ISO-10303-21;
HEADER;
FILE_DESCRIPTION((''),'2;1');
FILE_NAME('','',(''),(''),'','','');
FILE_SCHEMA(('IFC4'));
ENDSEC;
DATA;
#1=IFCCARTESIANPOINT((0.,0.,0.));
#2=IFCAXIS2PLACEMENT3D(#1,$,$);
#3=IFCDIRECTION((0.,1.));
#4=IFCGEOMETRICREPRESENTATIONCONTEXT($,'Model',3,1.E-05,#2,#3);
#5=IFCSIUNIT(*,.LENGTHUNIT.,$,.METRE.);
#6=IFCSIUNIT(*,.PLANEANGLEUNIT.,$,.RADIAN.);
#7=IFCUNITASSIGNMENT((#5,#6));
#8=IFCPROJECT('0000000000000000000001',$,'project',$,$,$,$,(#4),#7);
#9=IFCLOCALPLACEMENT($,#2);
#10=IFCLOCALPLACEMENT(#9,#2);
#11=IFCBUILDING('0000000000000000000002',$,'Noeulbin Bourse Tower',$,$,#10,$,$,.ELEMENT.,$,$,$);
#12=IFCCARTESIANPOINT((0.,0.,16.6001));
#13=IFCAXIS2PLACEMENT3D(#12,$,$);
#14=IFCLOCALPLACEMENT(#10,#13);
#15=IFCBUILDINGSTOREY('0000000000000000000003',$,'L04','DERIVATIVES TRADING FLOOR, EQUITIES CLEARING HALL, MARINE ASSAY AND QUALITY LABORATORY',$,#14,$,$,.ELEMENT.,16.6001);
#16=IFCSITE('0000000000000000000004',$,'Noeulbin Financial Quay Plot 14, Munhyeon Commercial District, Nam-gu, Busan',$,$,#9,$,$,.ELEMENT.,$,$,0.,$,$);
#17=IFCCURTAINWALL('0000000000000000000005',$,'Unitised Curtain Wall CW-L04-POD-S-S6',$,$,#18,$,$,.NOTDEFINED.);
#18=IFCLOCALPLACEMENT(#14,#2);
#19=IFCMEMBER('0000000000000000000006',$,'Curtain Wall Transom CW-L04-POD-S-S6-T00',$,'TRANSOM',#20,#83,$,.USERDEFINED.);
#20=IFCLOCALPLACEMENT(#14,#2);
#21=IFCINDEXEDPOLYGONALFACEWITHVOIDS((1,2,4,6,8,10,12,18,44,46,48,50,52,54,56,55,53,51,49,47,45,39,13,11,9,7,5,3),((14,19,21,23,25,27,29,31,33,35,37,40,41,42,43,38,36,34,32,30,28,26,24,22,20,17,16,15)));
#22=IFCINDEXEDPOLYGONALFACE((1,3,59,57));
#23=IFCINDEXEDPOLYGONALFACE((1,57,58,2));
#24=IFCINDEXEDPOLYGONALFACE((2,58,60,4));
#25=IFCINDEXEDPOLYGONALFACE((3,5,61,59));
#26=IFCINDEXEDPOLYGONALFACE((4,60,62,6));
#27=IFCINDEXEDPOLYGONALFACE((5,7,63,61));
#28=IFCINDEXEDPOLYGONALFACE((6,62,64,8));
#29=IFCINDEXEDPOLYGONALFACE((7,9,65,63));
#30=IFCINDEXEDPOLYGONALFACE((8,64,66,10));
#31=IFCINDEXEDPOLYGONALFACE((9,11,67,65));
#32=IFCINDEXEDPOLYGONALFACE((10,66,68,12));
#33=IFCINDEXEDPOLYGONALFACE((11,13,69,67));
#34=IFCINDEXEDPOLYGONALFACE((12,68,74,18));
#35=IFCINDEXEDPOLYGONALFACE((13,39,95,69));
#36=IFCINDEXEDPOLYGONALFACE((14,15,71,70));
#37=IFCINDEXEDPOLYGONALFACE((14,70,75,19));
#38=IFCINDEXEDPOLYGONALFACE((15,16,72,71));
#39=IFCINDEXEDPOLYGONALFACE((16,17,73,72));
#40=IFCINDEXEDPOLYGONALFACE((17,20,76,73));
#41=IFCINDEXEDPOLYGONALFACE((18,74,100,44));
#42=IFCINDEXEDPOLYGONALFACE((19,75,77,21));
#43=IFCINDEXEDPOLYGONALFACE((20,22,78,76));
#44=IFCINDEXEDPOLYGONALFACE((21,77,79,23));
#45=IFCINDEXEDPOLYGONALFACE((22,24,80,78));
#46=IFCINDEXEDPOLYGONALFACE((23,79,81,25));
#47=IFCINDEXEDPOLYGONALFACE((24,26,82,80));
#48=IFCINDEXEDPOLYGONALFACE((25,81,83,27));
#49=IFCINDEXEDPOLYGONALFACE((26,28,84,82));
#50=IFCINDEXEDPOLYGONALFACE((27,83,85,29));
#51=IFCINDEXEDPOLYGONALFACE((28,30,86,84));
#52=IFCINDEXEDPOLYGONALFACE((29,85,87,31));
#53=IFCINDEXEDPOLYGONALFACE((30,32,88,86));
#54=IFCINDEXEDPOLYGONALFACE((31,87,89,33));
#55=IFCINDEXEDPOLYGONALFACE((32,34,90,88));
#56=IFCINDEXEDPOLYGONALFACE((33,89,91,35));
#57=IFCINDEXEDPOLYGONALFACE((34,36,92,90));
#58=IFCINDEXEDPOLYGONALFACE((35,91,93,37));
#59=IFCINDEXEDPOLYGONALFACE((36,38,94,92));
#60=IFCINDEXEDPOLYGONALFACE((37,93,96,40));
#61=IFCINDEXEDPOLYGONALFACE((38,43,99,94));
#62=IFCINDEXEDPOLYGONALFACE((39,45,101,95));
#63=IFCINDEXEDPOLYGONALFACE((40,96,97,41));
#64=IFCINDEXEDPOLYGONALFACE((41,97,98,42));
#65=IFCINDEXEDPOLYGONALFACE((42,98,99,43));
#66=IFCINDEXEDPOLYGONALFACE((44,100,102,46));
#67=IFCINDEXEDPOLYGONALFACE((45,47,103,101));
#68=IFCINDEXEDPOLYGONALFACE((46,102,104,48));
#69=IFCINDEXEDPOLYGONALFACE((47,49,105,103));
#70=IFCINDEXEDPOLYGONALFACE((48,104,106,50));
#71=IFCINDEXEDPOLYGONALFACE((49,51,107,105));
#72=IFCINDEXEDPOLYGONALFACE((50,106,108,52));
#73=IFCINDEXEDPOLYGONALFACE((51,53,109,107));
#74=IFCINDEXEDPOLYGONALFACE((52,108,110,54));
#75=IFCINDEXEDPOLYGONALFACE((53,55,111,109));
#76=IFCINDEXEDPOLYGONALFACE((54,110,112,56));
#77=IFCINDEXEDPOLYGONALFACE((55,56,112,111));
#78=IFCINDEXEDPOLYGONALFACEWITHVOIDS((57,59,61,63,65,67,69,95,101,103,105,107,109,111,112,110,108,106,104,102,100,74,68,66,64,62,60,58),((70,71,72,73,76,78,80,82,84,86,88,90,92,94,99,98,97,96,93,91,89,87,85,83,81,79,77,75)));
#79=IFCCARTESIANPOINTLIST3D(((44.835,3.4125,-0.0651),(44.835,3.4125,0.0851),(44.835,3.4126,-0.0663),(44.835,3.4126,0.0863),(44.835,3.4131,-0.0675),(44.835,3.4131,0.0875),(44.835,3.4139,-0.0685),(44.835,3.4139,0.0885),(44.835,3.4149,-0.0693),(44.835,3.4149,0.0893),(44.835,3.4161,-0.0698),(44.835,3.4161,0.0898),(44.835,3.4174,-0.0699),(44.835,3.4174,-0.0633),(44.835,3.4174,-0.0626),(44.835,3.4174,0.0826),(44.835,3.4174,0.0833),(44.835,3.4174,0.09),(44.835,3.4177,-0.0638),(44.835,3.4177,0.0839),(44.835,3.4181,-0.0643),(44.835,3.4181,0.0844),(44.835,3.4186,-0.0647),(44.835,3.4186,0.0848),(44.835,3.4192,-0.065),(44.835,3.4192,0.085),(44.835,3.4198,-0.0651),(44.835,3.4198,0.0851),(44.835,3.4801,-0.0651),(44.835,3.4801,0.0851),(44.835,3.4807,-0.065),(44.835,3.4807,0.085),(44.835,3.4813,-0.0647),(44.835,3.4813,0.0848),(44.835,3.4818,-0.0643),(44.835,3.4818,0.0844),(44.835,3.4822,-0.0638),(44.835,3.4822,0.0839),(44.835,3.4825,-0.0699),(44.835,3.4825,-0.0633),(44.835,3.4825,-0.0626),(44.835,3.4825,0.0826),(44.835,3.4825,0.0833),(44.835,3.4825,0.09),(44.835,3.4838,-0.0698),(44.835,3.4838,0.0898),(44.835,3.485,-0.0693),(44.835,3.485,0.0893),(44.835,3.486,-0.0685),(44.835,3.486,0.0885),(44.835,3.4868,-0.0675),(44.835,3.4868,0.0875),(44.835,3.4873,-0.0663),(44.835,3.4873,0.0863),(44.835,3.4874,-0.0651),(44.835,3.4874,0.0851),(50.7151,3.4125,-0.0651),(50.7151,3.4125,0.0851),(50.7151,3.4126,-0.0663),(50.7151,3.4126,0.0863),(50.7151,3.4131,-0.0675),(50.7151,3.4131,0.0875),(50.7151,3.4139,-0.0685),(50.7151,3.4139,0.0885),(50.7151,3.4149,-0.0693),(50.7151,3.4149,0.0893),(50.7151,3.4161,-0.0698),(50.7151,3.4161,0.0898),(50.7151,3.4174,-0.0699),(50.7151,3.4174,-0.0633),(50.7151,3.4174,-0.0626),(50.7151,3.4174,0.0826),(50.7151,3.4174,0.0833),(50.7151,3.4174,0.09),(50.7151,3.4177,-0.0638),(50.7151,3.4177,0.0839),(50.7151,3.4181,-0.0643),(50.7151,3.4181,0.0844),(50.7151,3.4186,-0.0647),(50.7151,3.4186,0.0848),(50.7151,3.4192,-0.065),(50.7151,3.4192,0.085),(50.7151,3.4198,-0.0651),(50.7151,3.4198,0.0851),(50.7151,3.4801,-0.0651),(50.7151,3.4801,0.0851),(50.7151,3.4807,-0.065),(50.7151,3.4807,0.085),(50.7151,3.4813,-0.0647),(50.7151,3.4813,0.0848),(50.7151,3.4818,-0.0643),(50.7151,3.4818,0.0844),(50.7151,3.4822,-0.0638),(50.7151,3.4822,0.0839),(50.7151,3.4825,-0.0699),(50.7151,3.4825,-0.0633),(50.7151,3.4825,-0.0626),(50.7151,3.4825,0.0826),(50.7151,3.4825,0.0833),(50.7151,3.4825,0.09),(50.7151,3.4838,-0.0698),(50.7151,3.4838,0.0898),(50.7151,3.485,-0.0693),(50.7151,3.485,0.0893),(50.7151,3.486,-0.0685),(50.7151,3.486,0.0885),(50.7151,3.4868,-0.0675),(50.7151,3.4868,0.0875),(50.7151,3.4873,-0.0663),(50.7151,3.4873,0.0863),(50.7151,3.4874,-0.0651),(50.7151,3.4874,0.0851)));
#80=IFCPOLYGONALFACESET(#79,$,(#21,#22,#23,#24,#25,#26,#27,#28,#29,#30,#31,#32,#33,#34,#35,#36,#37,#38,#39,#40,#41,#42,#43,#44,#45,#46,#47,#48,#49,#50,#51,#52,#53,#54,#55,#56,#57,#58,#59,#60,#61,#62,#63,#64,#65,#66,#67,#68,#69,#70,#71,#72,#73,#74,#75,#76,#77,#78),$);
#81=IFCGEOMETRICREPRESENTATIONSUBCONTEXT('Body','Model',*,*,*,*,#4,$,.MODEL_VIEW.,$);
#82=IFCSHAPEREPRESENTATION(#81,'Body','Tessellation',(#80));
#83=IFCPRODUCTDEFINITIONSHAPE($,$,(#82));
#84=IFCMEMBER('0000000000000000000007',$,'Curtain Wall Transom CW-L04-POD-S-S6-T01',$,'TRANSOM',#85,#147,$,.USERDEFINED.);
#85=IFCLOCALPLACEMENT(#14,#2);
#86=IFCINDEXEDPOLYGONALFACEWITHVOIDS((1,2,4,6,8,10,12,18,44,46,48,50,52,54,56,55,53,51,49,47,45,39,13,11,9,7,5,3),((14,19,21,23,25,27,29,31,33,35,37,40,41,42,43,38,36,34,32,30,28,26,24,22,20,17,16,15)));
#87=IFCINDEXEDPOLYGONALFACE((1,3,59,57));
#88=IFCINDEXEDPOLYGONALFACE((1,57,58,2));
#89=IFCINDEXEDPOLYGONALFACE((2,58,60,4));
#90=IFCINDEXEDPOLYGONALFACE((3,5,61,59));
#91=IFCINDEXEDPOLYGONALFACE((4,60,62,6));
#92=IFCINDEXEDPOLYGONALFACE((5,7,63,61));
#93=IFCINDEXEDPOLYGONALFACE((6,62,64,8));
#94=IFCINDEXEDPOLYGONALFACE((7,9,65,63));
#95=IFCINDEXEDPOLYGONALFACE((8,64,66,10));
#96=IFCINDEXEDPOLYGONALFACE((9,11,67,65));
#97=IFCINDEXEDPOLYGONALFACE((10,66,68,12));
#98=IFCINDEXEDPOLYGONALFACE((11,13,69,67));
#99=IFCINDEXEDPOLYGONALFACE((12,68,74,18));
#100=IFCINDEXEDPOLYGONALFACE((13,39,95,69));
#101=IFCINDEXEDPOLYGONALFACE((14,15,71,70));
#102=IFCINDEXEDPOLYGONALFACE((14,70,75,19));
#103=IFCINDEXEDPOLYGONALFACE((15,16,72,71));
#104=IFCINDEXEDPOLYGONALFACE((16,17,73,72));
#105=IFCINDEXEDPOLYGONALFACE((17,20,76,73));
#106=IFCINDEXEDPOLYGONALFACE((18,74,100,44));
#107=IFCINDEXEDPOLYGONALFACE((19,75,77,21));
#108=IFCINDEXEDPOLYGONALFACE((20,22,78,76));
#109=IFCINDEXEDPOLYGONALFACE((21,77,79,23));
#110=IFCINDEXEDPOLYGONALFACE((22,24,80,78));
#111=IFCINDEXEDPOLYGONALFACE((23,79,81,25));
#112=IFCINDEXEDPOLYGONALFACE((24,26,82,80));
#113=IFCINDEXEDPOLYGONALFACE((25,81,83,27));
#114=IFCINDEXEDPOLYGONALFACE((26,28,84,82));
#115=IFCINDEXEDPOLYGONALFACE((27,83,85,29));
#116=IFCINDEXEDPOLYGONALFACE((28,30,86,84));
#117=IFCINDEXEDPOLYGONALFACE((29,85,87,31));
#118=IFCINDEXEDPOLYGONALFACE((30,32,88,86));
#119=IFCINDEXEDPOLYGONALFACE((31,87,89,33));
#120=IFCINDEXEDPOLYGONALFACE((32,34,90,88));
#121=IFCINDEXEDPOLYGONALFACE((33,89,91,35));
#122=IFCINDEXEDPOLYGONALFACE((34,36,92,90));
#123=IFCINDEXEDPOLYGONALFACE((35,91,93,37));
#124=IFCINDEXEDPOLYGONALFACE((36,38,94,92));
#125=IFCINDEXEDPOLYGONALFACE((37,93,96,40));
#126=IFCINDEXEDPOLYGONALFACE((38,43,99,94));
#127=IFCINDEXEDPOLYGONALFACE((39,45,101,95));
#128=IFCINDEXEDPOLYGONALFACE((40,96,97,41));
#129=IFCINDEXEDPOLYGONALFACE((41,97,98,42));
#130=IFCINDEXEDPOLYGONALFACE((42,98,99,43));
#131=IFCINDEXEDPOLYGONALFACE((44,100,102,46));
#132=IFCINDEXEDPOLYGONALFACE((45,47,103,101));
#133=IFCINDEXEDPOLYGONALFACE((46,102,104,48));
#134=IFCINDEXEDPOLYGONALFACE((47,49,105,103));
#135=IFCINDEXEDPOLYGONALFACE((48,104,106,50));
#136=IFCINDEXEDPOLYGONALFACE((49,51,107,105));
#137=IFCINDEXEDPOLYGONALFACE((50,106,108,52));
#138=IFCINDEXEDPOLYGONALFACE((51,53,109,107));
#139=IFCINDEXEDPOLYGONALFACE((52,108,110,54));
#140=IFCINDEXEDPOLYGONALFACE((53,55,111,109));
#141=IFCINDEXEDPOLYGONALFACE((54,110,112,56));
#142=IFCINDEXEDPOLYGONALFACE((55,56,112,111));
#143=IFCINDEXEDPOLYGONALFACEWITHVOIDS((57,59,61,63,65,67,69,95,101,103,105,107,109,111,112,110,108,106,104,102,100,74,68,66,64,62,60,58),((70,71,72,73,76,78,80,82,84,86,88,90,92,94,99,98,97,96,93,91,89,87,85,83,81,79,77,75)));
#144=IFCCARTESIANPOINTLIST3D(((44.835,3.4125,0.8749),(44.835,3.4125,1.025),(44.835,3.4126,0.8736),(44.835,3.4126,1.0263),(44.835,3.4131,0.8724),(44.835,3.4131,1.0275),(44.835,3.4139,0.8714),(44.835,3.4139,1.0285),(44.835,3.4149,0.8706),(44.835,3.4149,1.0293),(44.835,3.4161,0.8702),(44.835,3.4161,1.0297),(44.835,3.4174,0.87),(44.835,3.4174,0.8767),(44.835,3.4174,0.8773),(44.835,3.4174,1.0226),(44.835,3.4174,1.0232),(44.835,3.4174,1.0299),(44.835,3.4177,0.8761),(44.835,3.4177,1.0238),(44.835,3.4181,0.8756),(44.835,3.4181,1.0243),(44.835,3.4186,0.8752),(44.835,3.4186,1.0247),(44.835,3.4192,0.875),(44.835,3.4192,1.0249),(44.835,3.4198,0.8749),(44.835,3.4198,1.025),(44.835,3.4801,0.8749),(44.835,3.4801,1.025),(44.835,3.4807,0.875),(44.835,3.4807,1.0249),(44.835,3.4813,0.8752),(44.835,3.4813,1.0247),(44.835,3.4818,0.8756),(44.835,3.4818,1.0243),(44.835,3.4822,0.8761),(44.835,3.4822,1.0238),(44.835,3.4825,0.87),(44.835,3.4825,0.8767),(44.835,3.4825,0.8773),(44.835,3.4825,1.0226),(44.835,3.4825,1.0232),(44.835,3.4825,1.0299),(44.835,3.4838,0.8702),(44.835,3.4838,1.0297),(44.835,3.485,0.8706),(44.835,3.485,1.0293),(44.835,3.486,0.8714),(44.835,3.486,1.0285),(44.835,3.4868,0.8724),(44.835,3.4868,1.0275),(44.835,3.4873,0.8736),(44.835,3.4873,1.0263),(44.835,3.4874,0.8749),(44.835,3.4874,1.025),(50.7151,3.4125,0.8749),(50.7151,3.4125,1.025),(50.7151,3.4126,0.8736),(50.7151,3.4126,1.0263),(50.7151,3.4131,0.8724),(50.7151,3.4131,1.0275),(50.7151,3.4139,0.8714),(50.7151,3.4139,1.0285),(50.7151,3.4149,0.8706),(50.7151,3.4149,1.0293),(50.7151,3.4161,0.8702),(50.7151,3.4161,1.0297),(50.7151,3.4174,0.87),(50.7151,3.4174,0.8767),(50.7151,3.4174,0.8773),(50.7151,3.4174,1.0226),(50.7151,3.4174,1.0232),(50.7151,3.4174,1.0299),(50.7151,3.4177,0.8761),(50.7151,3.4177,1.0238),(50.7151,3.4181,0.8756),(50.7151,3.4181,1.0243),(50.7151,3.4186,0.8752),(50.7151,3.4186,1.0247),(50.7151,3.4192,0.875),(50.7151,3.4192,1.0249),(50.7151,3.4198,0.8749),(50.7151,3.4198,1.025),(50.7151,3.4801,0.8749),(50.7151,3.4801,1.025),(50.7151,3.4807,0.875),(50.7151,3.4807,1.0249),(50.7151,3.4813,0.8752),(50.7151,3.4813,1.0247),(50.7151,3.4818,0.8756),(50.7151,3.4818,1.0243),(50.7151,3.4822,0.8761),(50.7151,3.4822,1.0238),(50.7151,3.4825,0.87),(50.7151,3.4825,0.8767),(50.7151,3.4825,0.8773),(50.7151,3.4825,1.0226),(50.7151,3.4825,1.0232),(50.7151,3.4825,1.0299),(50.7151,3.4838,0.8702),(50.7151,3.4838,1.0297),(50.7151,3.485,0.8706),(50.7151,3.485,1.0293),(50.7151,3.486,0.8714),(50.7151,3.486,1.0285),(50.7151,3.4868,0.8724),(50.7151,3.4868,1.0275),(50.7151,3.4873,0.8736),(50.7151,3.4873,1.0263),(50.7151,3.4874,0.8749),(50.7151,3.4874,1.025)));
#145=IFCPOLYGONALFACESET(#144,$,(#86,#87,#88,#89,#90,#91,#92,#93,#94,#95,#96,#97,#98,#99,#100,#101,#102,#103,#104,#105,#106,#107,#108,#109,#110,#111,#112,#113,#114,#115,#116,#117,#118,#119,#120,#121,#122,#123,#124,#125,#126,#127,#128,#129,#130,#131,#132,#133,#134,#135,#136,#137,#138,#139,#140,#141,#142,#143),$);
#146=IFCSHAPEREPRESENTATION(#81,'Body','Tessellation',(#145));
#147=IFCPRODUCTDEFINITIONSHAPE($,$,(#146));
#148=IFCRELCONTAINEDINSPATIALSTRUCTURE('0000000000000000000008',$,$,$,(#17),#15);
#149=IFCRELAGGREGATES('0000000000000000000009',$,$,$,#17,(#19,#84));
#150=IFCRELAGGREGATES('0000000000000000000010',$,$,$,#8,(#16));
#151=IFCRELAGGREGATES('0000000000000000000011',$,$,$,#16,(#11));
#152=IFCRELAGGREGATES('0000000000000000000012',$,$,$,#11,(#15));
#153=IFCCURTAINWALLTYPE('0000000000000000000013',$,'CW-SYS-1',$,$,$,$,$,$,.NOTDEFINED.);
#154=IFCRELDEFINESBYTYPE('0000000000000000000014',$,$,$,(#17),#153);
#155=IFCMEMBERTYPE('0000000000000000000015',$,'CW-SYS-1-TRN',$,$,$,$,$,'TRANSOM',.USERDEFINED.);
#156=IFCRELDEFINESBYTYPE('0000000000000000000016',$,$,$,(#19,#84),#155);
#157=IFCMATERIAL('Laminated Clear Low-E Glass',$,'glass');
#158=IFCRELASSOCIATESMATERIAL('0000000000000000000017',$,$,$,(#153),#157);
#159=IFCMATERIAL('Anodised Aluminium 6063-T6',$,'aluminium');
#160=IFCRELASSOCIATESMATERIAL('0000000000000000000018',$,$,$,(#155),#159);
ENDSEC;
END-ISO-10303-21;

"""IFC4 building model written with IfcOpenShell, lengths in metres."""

from ifc_helpers import new_model, si_unit, direction, frame, origin, origin_2d, place, context, subcontext, project, spatial, hollow_rectangle, extrude, material, material_profile, profile_set, type_object, element, aggregate, save


model = new_model("IFC4")

# Units and contexts
model_context = context("Model", 3, precision=1e-05, world=origin(), true_north=direction((0.0, 1.0)))
body_context = subcontext(model_context, "Body", "Model", "MODEL_VIEW")
ifc_project = project(units=[si_unit("LENGTHUNIT", "METRE"), si_unit("PLANEANGLEUNIT", "RADIAN")], contexts=[model_context])

# Site, building, storey
site_placement = place(None, origin())
site = spatial("IfcSite", under=ifc_project, at=site_placement, Name="Noeulbin Financial Quay Plot 14, Munhyeon Commercial District, Nam-gu, Busan", CompositionType="ELEMENT", RefElevation=0.0)
building_placement = place(site_placement, origin())
building = spatial("IfcBuilding", under=site, at=building_placement, Name="Noeulbin Bourse Tower", CompositionType="ELEMENT")
storey_placement = place(building_placement, frame((0.0, 0.0, 16.6001)))
storey = spatial("IfcBuildingStorey", under=building, at=storey_placement, Name="L04", Description="DERIVATIVES TRADING FLOOR, EQUITIES CLEARING HALL, MARINE ASSAY AND QUALITY LABORATORY", CompositionType="ELEMENT", Elevation=16.6001)

# Shared definitions
ifc_material_1 = material(Name="Laminated Clear Low-E Glass", Category="glass")
curtain_wall_type = type_object("IfcCurtainWallType", Name="CW-SYS-1", PredefinedType="NOTDEFINED", material=ifc_material_1)
ifc_material_2 = material(Name="Anodised Aluminium 6063-T6", Category="aluminium")

# Curtain wall
curtain_wall_1_placement = place(storey_placement, origin())
curtain_wall_1 = element("IfcCurtainWall", 1, at=curtain_wall_1_placement, inside=storey, type_object=curtain_wall_type, Name="Unitised Curtain Wall CW-L04-POD-S-S6", PredefinedType="NOTDEFINED")

# Members
ifc_material_profile_1 = material_profile(ifc_material_2, hollow_rectangle(XDim=0.075, YDim=0.1599, WallThickness=0.0049, InnerFilletRadius=0.0024, OuterFilletRadius=0.0049, at=origin_2d()), Name="ALU-TRAN-75x160x5", Category="LoadBearing")
ifc_profile_set_1 = profile_set([ifc_material_profile_1], Name="Anodised Aluminium 6063-T6")
member_type_1 = type_object("IfcMemberType", Name="CW-SYS-1-TRN", ElementType="TRANSOM", PredefinedType="USERDEFINED", material=ifc_profile_set_1)
member_1_placement = place(storey_placement, frame((44.835, 3.45, 0.01), z_axis=(1.0, 0.0, 0.0), x_axis=(0.0, 1.0, 0.0)))
member_1 = element("IfcMember", 2, at=member_1_placement, type_object=member_type_1, Name="Curtain Wall Transom CW-L04-POD-S-S6-T00", ObjectType="TRANSOM", PredefinedType="USERDEFINED", context=body_context, shape_type="SweptSolid", body=[
    extrude(hollow_rectangle(XDim=0.075, YDim=0.1599, WallThickness=0.0049, InnerFilletRadius=0.0024, OuterFilletRadius=0.0049, at=origin_2d()), origin(), (0.0, 0.0, 1.0), 5.8801),
])
member_2_placement = place(storey_placement, frame((44.835, 3.45, 0.95), z_axis=(1.0, 0.0, 0.0), x_axis=(0.0, 1.0, 0.0)))
member_2 = element("IfcMember", 3, at=member_2_placement, type_object=member_type_1, Name="Curtain Wall Transom CW-L04-POD-S-S6-T01", ObjectType="TRANSOM", PredefinedType="USERDEFINED", context=body_context, shape_type="SweptSolid", body=[
    extrude(hollow_rectangle(XDim=0.075, YDim=0.1599, WallThickness=0.0049, InnerFilletRadius=0.0024, OuterFilletRadius=0.0049, at=origin_2d()), origin(), (0.0, 0.0, 1.0), 5.8801),
])

aggregate(curtain_wall_1, [member_1, member_2])

save(model, "model.ifc")
